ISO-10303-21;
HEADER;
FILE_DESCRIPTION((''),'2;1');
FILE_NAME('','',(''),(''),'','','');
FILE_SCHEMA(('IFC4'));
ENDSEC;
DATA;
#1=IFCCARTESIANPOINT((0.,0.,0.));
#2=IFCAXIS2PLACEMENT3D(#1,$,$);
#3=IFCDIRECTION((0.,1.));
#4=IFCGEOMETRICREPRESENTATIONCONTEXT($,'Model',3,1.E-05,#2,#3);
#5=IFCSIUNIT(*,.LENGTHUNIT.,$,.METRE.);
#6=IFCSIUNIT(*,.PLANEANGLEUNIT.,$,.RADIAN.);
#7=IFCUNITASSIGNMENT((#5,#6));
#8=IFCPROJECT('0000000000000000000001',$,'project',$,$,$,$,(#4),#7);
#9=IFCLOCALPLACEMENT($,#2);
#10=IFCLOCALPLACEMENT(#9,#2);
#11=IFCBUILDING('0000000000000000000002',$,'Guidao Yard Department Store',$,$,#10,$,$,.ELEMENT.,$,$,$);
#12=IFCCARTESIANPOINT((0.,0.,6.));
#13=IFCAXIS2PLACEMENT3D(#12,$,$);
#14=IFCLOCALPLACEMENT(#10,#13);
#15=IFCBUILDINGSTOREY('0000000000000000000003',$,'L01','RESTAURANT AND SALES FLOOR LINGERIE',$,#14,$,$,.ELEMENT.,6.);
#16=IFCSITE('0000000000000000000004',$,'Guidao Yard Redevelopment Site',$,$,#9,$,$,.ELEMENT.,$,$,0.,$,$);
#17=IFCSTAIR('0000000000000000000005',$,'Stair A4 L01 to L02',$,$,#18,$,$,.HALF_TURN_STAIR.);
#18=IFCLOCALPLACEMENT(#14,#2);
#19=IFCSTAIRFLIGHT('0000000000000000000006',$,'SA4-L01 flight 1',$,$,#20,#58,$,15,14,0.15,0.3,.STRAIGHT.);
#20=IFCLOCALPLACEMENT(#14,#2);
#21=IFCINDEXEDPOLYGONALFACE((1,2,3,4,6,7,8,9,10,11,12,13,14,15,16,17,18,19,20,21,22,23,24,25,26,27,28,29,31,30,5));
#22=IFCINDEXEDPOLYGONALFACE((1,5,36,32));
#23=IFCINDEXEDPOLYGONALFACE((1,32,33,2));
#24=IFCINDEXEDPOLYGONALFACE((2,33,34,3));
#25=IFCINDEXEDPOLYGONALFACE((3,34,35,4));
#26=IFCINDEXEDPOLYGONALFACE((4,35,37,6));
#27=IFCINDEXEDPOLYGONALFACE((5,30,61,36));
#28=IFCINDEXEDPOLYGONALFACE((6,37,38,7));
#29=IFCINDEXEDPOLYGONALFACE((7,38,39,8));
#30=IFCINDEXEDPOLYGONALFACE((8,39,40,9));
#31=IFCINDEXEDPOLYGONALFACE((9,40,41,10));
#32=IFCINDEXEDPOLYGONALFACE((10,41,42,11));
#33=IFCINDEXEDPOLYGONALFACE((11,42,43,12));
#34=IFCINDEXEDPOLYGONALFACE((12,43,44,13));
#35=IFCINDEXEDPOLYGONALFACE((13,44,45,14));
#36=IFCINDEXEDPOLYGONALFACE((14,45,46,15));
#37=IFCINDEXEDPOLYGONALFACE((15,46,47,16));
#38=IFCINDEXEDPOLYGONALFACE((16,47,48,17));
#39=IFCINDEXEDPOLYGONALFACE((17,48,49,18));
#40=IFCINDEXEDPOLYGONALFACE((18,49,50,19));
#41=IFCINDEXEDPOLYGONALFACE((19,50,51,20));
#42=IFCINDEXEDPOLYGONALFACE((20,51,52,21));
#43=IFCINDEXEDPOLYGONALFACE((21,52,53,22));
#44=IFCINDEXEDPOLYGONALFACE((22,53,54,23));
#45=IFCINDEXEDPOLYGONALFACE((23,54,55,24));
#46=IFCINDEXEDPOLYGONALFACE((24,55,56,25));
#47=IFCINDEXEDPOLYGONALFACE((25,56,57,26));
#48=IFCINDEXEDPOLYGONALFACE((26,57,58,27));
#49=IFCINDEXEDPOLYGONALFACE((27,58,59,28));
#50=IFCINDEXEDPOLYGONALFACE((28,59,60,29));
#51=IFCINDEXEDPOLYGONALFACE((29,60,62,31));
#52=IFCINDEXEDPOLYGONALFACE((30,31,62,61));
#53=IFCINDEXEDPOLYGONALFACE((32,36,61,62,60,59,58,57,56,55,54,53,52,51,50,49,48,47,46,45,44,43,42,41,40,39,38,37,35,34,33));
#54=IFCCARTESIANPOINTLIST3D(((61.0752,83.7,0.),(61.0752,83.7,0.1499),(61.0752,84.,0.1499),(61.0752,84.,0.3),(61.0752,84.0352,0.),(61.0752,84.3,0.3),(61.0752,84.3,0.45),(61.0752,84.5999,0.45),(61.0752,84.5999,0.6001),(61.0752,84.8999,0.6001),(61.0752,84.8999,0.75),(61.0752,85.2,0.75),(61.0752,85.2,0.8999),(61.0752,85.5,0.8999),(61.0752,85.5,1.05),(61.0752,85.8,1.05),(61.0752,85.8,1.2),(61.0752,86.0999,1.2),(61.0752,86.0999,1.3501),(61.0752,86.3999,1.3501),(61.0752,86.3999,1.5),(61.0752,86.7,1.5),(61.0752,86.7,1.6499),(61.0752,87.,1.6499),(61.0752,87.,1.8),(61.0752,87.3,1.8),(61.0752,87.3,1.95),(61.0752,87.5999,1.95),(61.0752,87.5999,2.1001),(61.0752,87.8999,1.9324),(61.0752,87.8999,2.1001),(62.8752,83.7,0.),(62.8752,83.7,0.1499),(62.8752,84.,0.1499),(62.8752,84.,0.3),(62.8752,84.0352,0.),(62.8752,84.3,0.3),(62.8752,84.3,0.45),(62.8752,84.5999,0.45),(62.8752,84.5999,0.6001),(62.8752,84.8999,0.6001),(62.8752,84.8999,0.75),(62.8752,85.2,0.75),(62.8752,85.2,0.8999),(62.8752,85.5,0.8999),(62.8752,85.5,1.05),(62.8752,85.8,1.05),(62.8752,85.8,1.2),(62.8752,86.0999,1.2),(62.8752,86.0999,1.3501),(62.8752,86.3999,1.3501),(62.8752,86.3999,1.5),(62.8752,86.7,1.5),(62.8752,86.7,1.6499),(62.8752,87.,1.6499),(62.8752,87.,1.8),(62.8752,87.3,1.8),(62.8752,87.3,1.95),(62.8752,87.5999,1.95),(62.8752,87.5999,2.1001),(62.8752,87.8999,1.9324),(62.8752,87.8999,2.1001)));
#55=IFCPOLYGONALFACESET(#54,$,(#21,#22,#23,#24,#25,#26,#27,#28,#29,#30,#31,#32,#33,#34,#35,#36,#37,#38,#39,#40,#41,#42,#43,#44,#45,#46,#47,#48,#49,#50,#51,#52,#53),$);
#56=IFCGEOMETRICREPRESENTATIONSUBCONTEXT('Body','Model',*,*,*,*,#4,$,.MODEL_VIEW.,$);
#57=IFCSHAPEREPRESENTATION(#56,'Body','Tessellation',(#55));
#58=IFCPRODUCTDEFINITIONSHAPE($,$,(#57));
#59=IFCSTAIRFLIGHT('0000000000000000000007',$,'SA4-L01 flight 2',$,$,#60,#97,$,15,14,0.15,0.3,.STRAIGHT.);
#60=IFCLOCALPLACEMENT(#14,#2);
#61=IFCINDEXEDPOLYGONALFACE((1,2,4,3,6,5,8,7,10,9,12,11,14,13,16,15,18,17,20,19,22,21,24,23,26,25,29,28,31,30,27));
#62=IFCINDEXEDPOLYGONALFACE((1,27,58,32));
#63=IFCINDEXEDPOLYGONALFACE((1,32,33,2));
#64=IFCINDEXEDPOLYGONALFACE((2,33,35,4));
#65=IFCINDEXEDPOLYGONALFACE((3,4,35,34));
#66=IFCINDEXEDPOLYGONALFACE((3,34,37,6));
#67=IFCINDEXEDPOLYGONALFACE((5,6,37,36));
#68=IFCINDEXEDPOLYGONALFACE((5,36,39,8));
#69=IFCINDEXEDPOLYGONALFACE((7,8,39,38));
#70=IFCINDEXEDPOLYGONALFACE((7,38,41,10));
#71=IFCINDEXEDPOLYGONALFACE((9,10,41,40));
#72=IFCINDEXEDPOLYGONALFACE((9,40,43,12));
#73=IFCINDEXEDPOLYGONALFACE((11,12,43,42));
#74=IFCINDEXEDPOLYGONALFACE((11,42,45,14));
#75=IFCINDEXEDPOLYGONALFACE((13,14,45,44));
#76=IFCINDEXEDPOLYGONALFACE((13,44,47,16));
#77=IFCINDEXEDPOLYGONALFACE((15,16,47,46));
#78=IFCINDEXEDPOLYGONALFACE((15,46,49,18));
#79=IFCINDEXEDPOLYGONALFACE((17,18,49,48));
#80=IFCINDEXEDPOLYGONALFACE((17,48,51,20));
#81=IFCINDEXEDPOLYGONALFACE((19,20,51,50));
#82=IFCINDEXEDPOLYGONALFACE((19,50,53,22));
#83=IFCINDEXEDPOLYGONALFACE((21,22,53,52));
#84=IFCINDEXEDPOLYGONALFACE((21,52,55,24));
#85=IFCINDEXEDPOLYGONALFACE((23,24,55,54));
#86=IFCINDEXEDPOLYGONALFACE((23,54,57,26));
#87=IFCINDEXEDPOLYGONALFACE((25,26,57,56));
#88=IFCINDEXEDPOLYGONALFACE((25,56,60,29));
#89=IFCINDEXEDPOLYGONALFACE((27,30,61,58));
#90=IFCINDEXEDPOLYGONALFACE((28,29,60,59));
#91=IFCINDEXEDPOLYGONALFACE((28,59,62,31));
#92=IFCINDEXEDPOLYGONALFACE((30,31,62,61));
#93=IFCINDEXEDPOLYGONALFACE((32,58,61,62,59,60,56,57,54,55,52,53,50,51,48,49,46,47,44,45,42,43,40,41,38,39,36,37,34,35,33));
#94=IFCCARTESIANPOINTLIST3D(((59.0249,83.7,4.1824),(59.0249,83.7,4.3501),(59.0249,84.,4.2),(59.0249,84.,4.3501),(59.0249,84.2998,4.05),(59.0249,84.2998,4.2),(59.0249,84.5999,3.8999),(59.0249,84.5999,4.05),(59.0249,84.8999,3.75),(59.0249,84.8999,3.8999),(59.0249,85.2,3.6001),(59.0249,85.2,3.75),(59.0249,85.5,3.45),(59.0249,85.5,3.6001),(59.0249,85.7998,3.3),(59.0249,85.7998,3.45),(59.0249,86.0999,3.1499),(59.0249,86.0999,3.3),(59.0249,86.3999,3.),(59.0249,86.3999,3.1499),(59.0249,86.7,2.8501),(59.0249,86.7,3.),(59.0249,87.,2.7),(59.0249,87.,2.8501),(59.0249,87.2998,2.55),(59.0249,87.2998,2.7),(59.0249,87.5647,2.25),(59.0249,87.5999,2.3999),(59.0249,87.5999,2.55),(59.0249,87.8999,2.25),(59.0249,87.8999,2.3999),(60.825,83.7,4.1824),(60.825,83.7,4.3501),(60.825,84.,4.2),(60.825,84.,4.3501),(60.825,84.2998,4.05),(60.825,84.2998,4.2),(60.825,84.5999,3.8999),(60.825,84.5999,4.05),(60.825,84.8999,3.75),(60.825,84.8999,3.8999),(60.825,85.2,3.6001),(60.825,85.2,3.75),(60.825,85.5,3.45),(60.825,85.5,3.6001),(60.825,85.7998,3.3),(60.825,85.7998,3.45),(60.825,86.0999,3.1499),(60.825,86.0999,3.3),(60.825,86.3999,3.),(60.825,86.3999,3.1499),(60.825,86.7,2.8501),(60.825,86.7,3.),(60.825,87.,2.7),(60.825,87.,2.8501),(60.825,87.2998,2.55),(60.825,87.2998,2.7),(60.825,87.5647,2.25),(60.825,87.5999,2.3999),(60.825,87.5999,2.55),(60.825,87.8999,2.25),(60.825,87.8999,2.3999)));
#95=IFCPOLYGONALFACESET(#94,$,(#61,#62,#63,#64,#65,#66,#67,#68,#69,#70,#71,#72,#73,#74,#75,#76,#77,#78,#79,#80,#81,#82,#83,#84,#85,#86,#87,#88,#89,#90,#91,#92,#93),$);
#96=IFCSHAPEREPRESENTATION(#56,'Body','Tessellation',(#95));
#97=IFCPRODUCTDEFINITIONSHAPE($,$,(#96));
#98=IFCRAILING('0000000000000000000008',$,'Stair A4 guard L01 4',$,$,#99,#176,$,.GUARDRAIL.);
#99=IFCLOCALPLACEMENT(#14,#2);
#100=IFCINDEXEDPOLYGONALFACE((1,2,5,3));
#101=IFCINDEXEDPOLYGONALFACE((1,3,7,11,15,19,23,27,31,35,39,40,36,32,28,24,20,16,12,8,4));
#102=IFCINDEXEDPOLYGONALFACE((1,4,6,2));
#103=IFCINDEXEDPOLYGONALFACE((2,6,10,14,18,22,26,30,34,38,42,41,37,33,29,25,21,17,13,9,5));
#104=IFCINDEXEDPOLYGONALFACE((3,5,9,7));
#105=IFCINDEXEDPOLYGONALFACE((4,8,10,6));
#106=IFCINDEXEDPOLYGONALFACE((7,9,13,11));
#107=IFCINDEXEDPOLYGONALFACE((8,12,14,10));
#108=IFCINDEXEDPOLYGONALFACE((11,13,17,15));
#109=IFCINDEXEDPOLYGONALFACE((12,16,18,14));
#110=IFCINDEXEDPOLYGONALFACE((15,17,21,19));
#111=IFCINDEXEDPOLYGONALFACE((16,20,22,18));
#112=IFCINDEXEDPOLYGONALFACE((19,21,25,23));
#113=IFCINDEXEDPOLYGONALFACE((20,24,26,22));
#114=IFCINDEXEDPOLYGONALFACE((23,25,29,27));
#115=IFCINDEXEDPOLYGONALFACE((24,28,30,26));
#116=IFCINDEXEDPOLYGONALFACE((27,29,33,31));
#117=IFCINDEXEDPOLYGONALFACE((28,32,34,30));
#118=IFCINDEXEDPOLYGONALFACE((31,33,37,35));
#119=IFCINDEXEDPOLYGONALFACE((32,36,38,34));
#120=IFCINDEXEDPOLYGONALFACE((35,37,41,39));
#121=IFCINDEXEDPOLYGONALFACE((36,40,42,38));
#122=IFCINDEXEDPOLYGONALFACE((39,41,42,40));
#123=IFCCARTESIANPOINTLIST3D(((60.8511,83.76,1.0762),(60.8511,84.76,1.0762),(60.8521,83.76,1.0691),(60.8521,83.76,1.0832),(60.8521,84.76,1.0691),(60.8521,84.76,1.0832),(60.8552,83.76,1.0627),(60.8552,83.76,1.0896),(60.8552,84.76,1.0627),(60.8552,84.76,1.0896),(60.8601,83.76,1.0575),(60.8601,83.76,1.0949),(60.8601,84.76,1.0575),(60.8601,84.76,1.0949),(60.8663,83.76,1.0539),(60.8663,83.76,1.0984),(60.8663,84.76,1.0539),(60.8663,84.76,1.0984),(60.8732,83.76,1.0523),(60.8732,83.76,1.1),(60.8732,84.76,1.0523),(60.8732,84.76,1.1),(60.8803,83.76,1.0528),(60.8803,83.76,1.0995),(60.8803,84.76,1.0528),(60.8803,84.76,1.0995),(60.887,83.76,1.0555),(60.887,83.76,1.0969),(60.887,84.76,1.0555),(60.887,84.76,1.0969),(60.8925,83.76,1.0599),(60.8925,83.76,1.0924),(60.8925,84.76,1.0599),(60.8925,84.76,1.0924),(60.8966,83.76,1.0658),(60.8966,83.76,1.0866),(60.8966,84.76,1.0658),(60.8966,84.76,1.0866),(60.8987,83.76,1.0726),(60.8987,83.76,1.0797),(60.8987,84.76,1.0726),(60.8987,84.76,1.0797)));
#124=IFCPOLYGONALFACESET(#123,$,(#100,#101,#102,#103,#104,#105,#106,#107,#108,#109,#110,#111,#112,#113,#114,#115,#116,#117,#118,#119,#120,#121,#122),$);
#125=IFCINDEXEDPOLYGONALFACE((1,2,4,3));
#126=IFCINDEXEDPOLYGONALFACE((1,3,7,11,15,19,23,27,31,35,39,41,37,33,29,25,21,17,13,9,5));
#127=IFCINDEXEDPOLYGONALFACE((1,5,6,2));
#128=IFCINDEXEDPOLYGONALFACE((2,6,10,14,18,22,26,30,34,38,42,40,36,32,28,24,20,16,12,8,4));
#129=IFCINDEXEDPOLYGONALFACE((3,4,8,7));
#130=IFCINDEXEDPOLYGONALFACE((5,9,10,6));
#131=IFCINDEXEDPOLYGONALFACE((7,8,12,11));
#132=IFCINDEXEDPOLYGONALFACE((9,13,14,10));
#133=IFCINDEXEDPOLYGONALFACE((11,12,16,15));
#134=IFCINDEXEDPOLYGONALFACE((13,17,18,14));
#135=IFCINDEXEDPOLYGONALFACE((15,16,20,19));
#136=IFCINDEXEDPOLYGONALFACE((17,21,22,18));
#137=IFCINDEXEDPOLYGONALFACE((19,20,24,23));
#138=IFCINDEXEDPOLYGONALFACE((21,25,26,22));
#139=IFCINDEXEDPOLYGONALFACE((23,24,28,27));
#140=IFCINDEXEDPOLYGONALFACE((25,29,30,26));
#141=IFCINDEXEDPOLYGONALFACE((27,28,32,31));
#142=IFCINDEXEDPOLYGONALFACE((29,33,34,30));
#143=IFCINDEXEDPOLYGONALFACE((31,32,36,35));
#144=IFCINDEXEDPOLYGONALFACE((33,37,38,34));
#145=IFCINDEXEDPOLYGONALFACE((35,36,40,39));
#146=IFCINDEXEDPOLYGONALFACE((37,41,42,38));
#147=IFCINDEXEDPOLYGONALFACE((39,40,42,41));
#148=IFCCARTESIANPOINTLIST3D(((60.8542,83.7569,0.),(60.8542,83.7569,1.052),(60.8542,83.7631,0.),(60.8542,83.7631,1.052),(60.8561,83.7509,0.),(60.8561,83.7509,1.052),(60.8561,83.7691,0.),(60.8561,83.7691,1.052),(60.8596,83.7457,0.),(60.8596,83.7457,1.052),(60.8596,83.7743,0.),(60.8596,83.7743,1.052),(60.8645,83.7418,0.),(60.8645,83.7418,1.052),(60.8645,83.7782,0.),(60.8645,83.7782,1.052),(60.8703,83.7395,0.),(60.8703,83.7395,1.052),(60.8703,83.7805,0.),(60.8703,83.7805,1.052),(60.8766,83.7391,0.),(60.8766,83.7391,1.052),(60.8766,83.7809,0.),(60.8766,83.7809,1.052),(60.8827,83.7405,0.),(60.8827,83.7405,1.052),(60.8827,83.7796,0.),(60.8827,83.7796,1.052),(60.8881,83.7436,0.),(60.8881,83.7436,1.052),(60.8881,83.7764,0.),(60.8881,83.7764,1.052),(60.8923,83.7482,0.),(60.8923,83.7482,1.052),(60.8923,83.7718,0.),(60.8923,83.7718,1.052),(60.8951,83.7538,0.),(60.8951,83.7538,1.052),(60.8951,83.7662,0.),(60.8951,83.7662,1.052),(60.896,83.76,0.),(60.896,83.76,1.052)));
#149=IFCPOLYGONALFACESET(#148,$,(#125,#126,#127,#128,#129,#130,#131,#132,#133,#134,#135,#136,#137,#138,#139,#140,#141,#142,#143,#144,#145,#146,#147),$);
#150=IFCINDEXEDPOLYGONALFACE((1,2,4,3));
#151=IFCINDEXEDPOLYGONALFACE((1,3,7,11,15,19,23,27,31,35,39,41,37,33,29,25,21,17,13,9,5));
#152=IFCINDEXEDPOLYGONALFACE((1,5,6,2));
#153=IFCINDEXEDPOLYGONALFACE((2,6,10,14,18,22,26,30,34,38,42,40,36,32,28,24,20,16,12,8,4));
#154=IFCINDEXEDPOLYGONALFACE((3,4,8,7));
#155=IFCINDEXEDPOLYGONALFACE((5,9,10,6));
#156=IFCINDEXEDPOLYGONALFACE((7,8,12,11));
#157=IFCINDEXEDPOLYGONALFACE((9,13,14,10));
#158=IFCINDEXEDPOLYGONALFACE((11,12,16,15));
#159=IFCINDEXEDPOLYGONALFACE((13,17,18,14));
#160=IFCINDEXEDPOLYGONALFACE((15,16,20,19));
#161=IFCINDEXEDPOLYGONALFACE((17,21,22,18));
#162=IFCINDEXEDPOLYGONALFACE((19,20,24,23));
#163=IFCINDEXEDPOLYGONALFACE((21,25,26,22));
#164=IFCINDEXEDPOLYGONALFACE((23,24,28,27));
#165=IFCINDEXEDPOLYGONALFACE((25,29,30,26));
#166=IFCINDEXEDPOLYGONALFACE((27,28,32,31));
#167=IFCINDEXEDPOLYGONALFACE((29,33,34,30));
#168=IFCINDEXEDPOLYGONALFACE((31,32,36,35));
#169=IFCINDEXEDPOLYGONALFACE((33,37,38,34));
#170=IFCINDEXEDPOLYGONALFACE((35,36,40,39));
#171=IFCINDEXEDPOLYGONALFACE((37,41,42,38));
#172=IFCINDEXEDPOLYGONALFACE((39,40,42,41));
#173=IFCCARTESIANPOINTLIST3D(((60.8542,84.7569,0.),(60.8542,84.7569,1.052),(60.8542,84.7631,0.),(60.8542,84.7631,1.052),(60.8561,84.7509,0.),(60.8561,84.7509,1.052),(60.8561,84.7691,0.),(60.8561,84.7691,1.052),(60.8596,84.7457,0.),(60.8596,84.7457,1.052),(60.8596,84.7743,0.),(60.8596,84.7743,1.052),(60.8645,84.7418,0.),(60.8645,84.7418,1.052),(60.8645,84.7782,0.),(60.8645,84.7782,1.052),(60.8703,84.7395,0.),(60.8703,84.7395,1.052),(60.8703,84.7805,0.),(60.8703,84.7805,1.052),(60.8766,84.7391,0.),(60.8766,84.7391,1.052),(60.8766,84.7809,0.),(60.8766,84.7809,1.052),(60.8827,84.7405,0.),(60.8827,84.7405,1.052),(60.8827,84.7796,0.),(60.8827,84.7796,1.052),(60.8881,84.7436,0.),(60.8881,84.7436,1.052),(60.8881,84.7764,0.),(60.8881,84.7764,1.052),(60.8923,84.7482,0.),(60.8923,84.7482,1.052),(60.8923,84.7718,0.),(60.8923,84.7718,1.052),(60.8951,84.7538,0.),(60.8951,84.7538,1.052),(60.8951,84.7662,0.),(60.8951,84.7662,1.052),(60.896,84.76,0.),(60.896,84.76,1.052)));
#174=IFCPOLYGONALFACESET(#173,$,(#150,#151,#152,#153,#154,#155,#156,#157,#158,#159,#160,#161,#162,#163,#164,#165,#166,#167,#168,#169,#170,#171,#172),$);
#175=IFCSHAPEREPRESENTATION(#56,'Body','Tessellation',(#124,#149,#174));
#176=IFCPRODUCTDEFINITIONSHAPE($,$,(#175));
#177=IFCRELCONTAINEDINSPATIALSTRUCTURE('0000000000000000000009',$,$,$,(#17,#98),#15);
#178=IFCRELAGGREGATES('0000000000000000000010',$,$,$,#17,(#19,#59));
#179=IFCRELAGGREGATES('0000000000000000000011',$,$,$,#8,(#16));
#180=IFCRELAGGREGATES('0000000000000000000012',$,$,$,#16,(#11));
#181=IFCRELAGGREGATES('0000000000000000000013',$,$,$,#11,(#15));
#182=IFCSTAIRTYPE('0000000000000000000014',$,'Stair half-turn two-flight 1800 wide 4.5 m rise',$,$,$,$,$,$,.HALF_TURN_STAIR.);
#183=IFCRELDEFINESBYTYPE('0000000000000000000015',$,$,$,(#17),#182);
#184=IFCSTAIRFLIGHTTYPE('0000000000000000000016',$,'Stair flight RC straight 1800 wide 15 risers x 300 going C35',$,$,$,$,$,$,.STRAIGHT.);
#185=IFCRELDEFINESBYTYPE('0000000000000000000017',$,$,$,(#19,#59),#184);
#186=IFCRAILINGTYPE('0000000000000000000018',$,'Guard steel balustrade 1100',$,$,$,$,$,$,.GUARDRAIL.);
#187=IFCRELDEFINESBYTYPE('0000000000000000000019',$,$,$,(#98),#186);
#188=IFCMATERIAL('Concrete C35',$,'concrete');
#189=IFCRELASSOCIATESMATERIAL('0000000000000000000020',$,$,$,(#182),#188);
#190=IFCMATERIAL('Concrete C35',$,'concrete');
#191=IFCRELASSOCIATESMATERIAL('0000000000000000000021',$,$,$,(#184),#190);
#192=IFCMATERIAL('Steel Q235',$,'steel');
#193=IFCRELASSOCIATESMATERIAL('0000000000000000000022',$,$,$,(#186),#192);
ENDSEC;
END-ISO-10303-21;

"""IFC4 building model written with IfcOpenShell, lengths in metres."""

from ifc_helpers import new_model, si_unit, direction, frame, origin, origin_2d, place, context, subcontext, project, spatial, polyline, circle, outline, extrude, material, type_object, element, aggregate, save


model = new_model("IFC4")

# Units and contexts
model_context = context("Model", 3, precision=1e-05, world=origin(), true_north=direction((0.0, 1.0)))
body_context = subcontext(model_context, "Body", "Model", "MODEL_VIEW")
ifc_project = project(units=[si_unit("LENGTHUNIT", "METRE"), si_unit("PLANEANGLEUNIT", "RADIAN")], contexts=[model_context])

# Site, building, storey
site_placement = place(None, origin())
site = spatial("IfcSite", under=ifc_project, at=site_placement, Name="Guidao Yard Redevelopment Site", CompositionType="ELEMENT", RefElevation=0.0)
building_placement = place(site_placement, origin())
building = spatial("IfcBuilding", under=site, at=building_placement, Name="Guidao Yard Department Store", CompositionType="ELEMENT")
storey_placement = place(building_placement, frame((0.0, 0.0, 6.0)))
storey = spatial("IfcBuildingStorey", under=building, at=storey_placement, Name="L01", Description="RESTAURANT AND SALES FLOOR LINGERIE", CompositionType="ELEMENT", Elevation=6.0)

# Stair, stair flights
ifc_material_1 = material(Name="Concrete C35", Category="concrete")
stair_type = type_object("IfcStairType", Name="Stair half-turn two-flight 1800 wide 4.5 m rise", PredefinedType="HALF_TURN_STAIR", material=ifc_material_1)
stair_placement = place(storey_placement, origin())
stair = element("IfcStair", 1, at=stair_placement, inside=storey, type_object=stair_type, Name="Stair A4 L01 to L02", PredefinedType="HALF_TURN_STAIR")
ifc_material_2 = material(Name="Concrete C35", Category="concrete")
stair_flight_type = type_object("IfcStairFlightType", Name="Stair flight RC straight 1800 wide 15 risers x 300 going C35", PredefinedType="STRAIGHT", material=ifc_material_2)
stair_flight_1_placement = place(storey_placement, frame((61.9751, 83.7, 0.0), z_axis=(0.0, 0.0, 1.0), x_axis=(0.0, 1.0, 0.0)))
stair_flight_1 = element("IfcStairFlight", 2, at=stair_flight_1_placement, type_object=stair_flight_type, Name="SA4-L01 flight 1", NumberOfRisers=15, NumberOfTreads=14, PredefinedType="STRAIGHT", RiserHeight=0.15, TreadLength=0.3, context=body_context, shape_type="SweptSolid", body=[
    extrude(outline(polyline([(0.0, 0.0), (0.0, 0.1499), (0.3, 0.1499), (0.3, 0.3), (0.6001, 0.3), (0.6001, 0.45), (0.8999, 0.45), (0.8999, 0.6001), (1.2, 0.6001), (1.2, 0.75), (1.5, 0.75), (1.5, 0.8999), (1.8, 0.8999), (1.8, 1.05), (2.1001, 1.05), (2.1001, 1.2), (2.3999, 1.2), (2.3999, 1.3501), (2.7, 1.3501), (2.7, 1.5), (3.0, 1.5), (3.0, 1.6499), (3.3, 1.6499), (3.3, 1.8), (3.6001, 1.8), (3.6001, 1.95), (3.8999, 1.95), (3.8999, 2.1001), (4.2, 2.1001), (4.2, 2.25), (4.2, 1.9324), (0.3352, 0.0), (0.0, 0.0)])), frame((0.0, 0.8999, 0.0), z_axis=(0.0, -1.0, 0.0), x_axis=(1.0, 0.0, 0.0)), (0.0, 0.0, 1.0), 1.8),
])
stair_flight_2_placement = place(storey_placement, frame((59.925, 87.8999, 2.25), z_axis=(0.0, 0.0, 1.0), x_axis=(0.0, -1.0, 0.0)))
stair_flight_2 = element("IfcStairFlight", 3, at=stair_flight_2_placement, type_object=stair_flight_type, Name="SA4-L01 flight 2", NumberOfRisers=15, NumberOfTreads=14, PredefinedType="STRAIGHT", RiserHeight=0.15, TreadLength=0.3, context=body_context, shape_type="SweptSolid", body=[
    extrude(outline(polyline([(0.0, 0.0), (0.0, 0.1499), (0.3, 0.1499), (0.3, 0.3), (0.6001, 0.3), (0.6001, 0.45), (0.8999, 0.45), (0.8999, 0.6001), (1.2, 0.6001), (1.2, 0.75), (1.5, 0.75), (1.5, 0.8999), (1.8, 0.8999), (1.8, 1.05), (2.1001, 1.05), (2.1001, 1.2), (2.3999, 1.2), (2.3999, 1.3501), (2.7, 1.3501), (2.7, 1.5), (3.0, 1.5), (3.0, 1.6499), (3.3, 1.6499), (3.3, 1.8), (3.6001, 1.8), (3.6001, 1.95), (3.8999, 1.95), (3.8999, 2.1001), (4.2, 2.1001), (4.2, 2.25), (4.2, 1.9324), (0.3352, 0.0), (0.0, 0.0)])), frame((0.0, 0.8999, 0.0), z_axis=(0.0, -1.0, 0.0), x_axis=(1.0, 0.0, 0.0)), (0.0, 0.0, 1.0), 1.8),
])
aggregate(stair, [stair_flight_1, stair_flight_2])

# Railing
ifc_material_3 = material(Name="Steel Q235", Category="steel")
railing_type_1 = type_object("IfcRailingType", Name="Guard steel balustrade 1100", PredefinedType="GUARDRAIL", material=ifc_material_3)
railing_placement = place(storey_placement, frame((60.875, 83.76, 0.0)))
element("IfcRailing", 4, at=railing_placement, inside=storey, type_object=railing_type_1, Name="Stair A4 guard L01 4", PredefinedType="GUARDRAIL", context=body_context, shape_type="SweptSolid", body=[
    extrude(circle(Radius=0.0239, at=origin_2d()), frame((0.0, 0.0, 1.0762), z_axis=(0.0, 1.0, 0.0), x_axis=(-1.0, 0.0, 0.0)), (0.0, 0.0, 1.0), 1.0),
    extrude(circle(Radius=0.021, at=origin_2d()), origin(), (0.0, 0.0, 1.0), 1.052),
    extrude(circle(Radius=0.021, at=origin_2d()), frame((0.0, 1.0, 0.0)), (0.0, 0.0, 1.0), 1.052),
])

save(model, "model.ifc")
